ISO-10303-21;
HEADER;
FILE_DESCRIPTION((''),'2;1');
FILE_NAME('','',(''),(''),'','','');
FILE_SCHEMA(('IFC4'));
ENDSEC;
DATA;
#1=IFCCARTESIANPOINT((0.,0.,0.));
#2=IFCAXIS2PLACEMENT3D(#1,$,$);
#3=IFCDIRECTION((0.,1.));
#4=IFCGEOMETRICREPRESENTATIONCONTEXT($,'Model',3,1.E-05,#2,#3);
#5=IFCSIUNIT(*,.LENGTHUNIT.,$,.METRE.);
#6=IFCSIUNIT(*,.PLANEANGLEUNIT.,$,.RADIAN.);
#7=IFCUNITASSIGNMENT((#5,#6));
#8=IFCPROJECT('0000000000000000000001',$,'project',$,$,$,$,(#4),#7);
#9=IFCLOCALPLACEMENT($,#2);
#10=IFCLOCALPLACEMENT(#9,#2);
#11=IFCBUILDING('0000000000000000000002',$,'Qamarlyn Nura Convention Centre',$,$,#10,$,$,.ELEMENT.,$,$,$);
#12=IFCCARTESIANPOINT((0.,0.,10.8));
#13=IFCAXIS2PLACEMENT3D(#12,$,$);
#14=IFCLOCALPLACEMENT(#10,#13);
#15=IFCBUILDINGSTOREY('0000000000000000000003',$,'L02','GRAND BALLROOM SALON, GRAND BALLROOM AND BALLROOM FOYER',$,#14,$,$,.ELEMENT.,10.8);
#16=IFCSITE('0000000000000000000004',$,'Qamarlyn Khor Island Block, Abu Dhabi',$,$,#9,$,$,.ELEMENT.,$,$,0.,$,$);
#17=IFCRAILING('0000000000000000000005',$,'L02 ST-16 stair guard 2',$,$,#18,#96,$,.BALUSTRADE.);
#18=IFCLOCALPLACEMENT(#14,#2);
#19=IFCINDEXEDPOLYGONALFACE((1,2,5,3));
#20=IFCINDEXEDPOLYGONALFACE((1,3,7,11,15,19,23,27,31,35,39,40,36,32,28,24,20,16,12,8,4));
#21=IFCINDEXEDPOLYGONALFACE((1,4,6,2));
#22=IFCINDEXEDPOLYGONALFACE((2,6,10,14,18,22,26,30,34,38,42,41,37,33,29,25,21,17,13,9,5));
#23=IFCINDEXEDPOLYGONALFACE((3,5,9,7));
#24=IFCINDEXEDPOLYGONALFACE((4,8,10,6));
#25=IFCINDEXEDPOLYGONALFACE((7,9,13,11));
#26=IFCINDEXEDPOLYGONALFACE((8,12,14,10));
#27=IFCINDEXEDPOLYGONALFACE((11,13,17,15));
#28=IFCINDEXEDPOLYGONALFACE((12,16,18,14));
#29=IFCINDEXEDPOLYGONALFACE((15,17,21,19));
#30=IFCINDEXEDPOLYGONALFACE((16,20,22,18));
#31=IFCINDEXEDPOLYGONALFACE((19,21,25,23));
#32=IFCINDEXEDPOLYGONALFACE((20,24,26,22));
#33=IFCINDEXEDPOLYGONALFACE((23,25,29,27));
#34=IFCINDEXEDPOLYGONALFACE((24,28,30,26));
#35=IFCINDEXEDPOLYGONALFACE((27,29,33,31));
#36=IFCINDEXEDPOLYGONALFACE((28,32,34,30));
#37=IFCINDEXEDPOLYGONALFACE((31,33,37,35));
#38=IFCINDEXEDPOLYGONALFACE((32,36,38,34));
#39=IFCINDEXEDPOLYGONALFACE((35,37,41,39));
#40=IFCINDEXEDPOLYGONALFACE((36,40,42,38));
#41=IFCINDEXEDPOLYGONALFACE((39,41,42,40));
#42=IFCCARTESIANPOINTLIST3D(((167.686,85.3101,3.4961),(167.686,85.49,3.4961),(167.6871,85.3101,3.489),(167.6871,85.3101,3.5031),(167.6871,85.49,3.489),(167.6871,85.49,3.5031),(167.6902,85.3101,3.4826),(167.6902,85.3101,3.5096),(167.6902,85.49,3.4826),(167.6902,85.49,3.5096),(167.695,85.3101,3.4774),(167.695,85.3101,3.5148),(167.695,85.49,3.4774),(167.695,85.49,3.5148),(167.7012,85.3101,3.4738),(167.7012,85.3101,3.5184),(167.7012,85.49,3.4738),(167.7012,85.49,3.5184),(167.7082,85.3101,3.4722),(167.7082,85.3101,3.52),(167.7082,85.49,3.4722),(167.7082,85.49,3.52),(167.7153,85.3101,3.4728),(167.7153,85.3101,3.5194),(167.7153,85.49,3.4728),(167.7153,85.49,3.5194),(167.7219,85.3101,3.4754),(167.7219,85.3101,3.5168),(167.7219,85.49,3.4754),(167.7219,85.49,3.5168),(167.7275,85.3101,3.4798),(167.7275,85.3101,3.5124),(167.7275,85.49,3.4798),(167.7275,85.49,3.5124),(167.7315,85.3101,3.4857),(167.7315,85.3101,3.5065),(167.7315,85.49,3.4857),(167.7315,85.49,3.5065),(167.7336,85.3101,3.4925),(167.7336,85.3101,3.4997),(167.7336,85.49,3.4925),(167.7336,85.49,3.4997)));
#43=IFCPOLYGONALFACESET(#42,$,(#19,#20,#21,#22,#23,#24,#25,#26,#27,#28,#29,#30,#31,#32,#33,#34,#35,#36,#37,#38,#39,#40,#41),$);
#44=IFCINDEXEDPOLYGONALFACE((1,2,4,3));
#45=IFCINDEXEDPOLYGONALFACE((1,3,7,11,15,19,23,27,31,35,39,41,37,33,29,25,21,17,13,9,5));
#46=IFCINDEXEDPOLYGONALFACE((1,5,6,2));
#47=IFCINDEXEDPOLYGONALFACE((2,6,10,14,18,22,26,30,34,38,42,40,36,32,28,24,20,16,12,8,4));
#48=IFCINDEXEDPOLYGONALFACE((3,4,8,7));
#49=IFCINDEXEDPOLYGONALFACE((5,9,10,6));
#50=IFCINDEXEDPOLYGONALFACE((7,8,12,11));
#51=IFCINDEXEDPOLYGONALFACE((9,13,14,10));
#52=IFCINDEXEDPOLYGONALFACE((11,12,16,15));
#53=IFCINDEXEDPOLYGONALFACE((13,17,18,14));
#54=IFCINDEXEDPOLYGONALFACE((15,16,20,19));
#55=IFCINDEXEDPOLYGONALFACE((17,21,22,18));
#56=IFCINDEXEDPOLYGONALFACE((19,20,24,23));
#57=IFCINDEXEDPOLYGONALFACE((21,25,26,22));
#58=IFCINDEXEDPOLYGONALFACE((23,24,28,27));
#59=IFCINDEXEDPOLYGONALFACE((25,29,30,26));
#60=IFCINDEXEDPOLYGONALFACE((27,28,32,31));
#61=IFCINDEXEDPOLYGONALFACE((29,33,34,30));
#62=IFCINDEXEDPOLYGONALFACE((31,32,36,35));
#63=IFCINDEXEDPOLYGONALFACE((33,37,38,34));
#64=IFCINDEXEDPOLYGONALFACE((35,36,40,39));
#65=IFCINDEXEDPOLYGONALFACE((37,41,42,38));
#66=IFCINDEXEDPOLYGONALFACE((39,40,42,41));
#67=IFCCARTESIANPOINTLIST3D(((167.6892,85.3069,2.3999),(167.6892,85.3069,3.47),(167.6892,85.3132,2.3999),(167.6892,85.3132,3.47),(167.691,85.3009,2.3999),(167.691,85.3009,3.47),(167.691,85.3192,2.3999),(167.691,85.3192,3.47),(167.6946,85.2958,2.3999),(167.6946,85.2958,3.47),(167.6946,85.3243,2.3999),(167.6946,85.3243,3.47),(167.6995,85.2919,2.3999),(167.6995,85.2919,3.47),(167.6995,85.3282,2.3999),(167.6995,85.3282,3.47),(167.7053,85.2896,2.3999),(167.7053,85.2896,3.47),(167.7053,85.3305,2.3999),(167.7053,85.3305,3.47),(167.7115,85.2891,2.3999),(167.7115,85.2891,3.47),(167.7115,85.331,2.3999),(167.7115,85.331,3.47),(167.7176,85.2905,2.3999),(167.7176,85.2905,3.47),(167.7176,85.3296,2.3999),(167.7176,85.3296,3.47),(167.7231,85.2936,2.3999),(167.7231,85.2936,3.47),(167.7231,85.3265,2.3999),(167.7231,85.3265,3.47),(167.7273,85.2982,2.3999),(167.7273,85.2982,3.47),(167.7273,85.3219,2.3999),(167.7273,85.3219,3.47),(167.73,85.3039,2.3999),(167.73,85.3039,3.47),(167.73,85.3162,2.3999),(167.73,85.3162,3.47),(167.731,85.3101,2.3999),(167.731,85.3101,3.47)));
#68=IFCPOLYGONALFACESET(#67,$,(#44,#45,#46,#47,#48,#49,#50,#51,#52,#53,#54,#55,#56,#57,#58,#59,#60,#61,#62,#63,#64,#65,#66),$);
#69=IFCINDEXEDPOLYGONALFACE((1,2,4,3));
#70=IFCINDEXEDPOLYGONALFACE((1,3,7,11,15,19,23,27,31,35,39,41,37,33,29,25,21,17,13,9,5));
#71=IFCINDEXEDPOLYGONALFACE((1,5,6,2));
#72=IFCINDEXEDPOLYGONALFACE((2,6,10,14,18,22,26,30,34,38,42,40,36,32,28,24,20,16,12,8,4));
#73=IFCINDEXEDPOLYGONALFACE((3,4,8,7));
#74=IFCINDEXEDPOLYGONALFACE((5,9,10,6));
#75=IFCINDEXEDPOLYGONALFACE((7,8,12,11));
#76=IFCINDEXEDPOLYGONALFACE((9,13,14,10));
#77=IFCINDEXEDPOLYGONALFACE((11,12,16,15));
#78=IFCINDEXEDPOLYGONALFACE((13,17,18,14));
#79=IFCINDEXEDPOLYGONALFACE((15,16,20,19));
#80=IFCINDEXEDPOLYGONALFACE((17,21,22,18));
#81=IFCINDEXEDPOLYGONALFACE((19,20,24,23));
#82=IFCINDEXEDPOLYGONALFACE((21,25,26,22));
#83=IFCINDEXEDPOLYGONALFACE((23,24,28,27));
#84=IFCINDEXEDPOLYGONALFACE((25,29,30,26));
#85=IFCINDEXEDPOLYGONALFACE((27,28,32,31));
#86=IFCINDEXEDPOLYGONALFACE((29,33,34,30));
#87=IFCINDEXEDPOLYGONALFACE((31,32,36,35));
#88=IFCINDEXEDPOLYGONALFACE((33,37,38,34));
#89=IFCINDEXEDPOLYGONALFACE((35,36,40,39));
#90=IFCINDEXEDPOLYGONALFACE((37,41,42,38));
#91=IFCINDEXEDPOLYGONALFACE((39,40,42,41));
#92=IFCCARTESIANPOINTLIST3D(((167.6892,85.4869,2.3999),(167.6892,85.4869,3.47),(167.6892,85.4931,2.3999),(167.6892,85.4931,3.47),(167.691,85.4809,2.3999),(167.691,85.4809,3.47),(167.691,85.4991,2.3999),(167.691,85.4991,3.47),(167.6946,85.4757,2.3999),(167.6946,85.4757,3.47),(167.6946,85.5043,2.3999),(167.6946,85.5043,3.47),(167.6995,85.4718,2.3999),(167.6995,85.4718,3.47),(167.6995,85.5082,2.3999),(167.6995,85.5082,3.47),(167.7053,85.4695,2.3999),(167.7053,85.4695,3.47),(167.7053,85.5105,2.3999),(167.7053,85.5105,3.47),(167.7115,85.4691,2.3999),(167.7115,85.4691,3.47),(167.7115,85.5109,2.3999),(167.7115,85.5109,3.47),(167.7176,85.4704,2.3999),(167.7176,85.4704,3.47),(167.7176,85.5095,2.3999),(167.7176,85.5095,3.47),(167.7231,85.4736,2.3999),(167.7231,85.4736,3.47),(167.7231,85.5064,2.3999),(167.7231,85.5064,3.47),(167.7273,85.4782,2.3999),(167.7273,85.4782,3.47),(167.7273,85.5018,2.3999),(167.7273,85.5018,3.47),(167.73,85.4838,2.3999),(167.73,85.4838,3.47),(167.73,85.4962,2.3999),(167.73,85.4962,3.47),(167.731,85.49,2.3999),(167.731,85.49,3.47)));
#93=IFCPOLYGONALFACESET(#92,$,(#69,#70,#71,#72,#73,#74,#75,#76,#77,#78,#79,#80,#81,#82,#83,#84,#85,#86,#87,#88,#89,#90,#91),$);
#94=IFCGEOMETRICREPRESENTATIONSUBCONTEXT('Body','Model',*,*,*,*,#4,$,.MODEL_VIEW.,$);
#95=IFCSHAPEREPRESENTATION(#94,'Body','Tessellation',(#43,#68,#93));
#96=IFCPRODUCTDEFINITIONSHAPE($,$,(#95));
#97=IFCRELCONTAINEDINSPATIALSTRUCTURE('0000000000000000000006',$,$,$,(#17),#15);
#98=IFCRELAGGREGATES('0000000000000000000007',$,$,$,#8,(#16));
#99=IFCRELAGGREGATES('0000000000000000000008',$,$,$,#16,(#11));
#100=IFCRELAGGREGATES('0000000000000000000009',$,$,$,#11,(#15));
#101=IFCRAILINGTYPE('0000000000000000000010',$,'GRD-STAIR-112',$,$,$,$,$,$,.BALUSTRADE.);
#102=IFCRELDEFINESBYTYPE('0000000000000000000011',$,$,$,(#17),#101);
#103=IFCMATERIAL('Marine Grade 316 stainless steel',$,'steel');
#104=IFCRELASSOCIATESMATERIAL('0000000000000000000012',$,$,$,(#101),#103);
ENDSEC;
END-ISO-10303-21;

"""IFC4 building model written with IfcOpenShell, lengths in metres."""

from ifc_helpers import new_model, si_unit, direction, frame, origin, origin_2d, place, context, subcontext, project, spatial, circle, extrude, material, type_object, element, save


model = new_model("IFC4")

# Units and contexts
model_context = context("Model", 3, precision=1e-05, world=origin(), true_north=direction((0.0, 1.0)))
body_context = subcontext(model_context, "Body", "Model", "MODEL_VIEW")
ifc_project = project(units=[si_unit("LENGTHUNIT", "METRE"), si_unit("PLANEANGLEUNIT", "RADIAN")], contexts=[model_context])

# Site, building, storey
site_placement = place(None, origin())
site = spatial("IfcSite", under=ifc_project, at=site_placement, Name="Qamarlyn Khor Island Block, Abu Dhabi", CompositionType="ELEMENT", RefElevation=0.0)
building_placement = place(site_placement, origin())
building = spatial("IfcBuilding", under=site, at=building_placement, Name="Qamarlyn Nura Convention Centre", CompositionType="ELEMENT")
storey_placement = place(building_placement, frame((0.0, 0.0, 10.8)))
storey = spatial("IfcBuildingStorey", under=building, at=storey_placement, Name="L02", Description="GRAND BALLROOM SALON, GRAND BALLROOM AND BALLROOM FOYER", CompositionType="ELEMENT", Elevation=10.8)

# Railing
ifc_material_1 = material(Name="Marine Grade 316 stainless steel", Category="steel")
railing_type_1 = type_object("IfcRailingType", Name="GRD-STAIR-112", PredefinedType="BALUSTRADE", material=ifc_material_1)
railing_1_placement = place(storey_placement, frame((167.71, 85.3101, 2.3999)))
element("IfcRailing", 1, at=railing_1_placement, inside=storey, type_object=railing_type_1, Name="L02 ST-16 stair guard 2", PredefinedType="BALUSTRADE", context=body_context, shape_type="SweptSolid", body=[
    extrude(circle(Radius=0.0239, at=origin_2d()), frame((0.0, 0.0, 1.0962), z_axis=(0.0, 1.0, 0.0), x_axis=(-1.0, 0.0, 0.0)), (0.0, 0.0, 1.0), 0.1799),
    extrude(circle(Radius=0.021, at=origin_2d()), origin(), (0.0, 0.0, 1.0), 1.0701),
    extrude(circle(Radius=0.021, at=origin_2d()), frame((0.0, 0.1799, 0.0)), (0.0, 0.0, 1.0), 1.0701),
])

save(model, "model.ifc")
